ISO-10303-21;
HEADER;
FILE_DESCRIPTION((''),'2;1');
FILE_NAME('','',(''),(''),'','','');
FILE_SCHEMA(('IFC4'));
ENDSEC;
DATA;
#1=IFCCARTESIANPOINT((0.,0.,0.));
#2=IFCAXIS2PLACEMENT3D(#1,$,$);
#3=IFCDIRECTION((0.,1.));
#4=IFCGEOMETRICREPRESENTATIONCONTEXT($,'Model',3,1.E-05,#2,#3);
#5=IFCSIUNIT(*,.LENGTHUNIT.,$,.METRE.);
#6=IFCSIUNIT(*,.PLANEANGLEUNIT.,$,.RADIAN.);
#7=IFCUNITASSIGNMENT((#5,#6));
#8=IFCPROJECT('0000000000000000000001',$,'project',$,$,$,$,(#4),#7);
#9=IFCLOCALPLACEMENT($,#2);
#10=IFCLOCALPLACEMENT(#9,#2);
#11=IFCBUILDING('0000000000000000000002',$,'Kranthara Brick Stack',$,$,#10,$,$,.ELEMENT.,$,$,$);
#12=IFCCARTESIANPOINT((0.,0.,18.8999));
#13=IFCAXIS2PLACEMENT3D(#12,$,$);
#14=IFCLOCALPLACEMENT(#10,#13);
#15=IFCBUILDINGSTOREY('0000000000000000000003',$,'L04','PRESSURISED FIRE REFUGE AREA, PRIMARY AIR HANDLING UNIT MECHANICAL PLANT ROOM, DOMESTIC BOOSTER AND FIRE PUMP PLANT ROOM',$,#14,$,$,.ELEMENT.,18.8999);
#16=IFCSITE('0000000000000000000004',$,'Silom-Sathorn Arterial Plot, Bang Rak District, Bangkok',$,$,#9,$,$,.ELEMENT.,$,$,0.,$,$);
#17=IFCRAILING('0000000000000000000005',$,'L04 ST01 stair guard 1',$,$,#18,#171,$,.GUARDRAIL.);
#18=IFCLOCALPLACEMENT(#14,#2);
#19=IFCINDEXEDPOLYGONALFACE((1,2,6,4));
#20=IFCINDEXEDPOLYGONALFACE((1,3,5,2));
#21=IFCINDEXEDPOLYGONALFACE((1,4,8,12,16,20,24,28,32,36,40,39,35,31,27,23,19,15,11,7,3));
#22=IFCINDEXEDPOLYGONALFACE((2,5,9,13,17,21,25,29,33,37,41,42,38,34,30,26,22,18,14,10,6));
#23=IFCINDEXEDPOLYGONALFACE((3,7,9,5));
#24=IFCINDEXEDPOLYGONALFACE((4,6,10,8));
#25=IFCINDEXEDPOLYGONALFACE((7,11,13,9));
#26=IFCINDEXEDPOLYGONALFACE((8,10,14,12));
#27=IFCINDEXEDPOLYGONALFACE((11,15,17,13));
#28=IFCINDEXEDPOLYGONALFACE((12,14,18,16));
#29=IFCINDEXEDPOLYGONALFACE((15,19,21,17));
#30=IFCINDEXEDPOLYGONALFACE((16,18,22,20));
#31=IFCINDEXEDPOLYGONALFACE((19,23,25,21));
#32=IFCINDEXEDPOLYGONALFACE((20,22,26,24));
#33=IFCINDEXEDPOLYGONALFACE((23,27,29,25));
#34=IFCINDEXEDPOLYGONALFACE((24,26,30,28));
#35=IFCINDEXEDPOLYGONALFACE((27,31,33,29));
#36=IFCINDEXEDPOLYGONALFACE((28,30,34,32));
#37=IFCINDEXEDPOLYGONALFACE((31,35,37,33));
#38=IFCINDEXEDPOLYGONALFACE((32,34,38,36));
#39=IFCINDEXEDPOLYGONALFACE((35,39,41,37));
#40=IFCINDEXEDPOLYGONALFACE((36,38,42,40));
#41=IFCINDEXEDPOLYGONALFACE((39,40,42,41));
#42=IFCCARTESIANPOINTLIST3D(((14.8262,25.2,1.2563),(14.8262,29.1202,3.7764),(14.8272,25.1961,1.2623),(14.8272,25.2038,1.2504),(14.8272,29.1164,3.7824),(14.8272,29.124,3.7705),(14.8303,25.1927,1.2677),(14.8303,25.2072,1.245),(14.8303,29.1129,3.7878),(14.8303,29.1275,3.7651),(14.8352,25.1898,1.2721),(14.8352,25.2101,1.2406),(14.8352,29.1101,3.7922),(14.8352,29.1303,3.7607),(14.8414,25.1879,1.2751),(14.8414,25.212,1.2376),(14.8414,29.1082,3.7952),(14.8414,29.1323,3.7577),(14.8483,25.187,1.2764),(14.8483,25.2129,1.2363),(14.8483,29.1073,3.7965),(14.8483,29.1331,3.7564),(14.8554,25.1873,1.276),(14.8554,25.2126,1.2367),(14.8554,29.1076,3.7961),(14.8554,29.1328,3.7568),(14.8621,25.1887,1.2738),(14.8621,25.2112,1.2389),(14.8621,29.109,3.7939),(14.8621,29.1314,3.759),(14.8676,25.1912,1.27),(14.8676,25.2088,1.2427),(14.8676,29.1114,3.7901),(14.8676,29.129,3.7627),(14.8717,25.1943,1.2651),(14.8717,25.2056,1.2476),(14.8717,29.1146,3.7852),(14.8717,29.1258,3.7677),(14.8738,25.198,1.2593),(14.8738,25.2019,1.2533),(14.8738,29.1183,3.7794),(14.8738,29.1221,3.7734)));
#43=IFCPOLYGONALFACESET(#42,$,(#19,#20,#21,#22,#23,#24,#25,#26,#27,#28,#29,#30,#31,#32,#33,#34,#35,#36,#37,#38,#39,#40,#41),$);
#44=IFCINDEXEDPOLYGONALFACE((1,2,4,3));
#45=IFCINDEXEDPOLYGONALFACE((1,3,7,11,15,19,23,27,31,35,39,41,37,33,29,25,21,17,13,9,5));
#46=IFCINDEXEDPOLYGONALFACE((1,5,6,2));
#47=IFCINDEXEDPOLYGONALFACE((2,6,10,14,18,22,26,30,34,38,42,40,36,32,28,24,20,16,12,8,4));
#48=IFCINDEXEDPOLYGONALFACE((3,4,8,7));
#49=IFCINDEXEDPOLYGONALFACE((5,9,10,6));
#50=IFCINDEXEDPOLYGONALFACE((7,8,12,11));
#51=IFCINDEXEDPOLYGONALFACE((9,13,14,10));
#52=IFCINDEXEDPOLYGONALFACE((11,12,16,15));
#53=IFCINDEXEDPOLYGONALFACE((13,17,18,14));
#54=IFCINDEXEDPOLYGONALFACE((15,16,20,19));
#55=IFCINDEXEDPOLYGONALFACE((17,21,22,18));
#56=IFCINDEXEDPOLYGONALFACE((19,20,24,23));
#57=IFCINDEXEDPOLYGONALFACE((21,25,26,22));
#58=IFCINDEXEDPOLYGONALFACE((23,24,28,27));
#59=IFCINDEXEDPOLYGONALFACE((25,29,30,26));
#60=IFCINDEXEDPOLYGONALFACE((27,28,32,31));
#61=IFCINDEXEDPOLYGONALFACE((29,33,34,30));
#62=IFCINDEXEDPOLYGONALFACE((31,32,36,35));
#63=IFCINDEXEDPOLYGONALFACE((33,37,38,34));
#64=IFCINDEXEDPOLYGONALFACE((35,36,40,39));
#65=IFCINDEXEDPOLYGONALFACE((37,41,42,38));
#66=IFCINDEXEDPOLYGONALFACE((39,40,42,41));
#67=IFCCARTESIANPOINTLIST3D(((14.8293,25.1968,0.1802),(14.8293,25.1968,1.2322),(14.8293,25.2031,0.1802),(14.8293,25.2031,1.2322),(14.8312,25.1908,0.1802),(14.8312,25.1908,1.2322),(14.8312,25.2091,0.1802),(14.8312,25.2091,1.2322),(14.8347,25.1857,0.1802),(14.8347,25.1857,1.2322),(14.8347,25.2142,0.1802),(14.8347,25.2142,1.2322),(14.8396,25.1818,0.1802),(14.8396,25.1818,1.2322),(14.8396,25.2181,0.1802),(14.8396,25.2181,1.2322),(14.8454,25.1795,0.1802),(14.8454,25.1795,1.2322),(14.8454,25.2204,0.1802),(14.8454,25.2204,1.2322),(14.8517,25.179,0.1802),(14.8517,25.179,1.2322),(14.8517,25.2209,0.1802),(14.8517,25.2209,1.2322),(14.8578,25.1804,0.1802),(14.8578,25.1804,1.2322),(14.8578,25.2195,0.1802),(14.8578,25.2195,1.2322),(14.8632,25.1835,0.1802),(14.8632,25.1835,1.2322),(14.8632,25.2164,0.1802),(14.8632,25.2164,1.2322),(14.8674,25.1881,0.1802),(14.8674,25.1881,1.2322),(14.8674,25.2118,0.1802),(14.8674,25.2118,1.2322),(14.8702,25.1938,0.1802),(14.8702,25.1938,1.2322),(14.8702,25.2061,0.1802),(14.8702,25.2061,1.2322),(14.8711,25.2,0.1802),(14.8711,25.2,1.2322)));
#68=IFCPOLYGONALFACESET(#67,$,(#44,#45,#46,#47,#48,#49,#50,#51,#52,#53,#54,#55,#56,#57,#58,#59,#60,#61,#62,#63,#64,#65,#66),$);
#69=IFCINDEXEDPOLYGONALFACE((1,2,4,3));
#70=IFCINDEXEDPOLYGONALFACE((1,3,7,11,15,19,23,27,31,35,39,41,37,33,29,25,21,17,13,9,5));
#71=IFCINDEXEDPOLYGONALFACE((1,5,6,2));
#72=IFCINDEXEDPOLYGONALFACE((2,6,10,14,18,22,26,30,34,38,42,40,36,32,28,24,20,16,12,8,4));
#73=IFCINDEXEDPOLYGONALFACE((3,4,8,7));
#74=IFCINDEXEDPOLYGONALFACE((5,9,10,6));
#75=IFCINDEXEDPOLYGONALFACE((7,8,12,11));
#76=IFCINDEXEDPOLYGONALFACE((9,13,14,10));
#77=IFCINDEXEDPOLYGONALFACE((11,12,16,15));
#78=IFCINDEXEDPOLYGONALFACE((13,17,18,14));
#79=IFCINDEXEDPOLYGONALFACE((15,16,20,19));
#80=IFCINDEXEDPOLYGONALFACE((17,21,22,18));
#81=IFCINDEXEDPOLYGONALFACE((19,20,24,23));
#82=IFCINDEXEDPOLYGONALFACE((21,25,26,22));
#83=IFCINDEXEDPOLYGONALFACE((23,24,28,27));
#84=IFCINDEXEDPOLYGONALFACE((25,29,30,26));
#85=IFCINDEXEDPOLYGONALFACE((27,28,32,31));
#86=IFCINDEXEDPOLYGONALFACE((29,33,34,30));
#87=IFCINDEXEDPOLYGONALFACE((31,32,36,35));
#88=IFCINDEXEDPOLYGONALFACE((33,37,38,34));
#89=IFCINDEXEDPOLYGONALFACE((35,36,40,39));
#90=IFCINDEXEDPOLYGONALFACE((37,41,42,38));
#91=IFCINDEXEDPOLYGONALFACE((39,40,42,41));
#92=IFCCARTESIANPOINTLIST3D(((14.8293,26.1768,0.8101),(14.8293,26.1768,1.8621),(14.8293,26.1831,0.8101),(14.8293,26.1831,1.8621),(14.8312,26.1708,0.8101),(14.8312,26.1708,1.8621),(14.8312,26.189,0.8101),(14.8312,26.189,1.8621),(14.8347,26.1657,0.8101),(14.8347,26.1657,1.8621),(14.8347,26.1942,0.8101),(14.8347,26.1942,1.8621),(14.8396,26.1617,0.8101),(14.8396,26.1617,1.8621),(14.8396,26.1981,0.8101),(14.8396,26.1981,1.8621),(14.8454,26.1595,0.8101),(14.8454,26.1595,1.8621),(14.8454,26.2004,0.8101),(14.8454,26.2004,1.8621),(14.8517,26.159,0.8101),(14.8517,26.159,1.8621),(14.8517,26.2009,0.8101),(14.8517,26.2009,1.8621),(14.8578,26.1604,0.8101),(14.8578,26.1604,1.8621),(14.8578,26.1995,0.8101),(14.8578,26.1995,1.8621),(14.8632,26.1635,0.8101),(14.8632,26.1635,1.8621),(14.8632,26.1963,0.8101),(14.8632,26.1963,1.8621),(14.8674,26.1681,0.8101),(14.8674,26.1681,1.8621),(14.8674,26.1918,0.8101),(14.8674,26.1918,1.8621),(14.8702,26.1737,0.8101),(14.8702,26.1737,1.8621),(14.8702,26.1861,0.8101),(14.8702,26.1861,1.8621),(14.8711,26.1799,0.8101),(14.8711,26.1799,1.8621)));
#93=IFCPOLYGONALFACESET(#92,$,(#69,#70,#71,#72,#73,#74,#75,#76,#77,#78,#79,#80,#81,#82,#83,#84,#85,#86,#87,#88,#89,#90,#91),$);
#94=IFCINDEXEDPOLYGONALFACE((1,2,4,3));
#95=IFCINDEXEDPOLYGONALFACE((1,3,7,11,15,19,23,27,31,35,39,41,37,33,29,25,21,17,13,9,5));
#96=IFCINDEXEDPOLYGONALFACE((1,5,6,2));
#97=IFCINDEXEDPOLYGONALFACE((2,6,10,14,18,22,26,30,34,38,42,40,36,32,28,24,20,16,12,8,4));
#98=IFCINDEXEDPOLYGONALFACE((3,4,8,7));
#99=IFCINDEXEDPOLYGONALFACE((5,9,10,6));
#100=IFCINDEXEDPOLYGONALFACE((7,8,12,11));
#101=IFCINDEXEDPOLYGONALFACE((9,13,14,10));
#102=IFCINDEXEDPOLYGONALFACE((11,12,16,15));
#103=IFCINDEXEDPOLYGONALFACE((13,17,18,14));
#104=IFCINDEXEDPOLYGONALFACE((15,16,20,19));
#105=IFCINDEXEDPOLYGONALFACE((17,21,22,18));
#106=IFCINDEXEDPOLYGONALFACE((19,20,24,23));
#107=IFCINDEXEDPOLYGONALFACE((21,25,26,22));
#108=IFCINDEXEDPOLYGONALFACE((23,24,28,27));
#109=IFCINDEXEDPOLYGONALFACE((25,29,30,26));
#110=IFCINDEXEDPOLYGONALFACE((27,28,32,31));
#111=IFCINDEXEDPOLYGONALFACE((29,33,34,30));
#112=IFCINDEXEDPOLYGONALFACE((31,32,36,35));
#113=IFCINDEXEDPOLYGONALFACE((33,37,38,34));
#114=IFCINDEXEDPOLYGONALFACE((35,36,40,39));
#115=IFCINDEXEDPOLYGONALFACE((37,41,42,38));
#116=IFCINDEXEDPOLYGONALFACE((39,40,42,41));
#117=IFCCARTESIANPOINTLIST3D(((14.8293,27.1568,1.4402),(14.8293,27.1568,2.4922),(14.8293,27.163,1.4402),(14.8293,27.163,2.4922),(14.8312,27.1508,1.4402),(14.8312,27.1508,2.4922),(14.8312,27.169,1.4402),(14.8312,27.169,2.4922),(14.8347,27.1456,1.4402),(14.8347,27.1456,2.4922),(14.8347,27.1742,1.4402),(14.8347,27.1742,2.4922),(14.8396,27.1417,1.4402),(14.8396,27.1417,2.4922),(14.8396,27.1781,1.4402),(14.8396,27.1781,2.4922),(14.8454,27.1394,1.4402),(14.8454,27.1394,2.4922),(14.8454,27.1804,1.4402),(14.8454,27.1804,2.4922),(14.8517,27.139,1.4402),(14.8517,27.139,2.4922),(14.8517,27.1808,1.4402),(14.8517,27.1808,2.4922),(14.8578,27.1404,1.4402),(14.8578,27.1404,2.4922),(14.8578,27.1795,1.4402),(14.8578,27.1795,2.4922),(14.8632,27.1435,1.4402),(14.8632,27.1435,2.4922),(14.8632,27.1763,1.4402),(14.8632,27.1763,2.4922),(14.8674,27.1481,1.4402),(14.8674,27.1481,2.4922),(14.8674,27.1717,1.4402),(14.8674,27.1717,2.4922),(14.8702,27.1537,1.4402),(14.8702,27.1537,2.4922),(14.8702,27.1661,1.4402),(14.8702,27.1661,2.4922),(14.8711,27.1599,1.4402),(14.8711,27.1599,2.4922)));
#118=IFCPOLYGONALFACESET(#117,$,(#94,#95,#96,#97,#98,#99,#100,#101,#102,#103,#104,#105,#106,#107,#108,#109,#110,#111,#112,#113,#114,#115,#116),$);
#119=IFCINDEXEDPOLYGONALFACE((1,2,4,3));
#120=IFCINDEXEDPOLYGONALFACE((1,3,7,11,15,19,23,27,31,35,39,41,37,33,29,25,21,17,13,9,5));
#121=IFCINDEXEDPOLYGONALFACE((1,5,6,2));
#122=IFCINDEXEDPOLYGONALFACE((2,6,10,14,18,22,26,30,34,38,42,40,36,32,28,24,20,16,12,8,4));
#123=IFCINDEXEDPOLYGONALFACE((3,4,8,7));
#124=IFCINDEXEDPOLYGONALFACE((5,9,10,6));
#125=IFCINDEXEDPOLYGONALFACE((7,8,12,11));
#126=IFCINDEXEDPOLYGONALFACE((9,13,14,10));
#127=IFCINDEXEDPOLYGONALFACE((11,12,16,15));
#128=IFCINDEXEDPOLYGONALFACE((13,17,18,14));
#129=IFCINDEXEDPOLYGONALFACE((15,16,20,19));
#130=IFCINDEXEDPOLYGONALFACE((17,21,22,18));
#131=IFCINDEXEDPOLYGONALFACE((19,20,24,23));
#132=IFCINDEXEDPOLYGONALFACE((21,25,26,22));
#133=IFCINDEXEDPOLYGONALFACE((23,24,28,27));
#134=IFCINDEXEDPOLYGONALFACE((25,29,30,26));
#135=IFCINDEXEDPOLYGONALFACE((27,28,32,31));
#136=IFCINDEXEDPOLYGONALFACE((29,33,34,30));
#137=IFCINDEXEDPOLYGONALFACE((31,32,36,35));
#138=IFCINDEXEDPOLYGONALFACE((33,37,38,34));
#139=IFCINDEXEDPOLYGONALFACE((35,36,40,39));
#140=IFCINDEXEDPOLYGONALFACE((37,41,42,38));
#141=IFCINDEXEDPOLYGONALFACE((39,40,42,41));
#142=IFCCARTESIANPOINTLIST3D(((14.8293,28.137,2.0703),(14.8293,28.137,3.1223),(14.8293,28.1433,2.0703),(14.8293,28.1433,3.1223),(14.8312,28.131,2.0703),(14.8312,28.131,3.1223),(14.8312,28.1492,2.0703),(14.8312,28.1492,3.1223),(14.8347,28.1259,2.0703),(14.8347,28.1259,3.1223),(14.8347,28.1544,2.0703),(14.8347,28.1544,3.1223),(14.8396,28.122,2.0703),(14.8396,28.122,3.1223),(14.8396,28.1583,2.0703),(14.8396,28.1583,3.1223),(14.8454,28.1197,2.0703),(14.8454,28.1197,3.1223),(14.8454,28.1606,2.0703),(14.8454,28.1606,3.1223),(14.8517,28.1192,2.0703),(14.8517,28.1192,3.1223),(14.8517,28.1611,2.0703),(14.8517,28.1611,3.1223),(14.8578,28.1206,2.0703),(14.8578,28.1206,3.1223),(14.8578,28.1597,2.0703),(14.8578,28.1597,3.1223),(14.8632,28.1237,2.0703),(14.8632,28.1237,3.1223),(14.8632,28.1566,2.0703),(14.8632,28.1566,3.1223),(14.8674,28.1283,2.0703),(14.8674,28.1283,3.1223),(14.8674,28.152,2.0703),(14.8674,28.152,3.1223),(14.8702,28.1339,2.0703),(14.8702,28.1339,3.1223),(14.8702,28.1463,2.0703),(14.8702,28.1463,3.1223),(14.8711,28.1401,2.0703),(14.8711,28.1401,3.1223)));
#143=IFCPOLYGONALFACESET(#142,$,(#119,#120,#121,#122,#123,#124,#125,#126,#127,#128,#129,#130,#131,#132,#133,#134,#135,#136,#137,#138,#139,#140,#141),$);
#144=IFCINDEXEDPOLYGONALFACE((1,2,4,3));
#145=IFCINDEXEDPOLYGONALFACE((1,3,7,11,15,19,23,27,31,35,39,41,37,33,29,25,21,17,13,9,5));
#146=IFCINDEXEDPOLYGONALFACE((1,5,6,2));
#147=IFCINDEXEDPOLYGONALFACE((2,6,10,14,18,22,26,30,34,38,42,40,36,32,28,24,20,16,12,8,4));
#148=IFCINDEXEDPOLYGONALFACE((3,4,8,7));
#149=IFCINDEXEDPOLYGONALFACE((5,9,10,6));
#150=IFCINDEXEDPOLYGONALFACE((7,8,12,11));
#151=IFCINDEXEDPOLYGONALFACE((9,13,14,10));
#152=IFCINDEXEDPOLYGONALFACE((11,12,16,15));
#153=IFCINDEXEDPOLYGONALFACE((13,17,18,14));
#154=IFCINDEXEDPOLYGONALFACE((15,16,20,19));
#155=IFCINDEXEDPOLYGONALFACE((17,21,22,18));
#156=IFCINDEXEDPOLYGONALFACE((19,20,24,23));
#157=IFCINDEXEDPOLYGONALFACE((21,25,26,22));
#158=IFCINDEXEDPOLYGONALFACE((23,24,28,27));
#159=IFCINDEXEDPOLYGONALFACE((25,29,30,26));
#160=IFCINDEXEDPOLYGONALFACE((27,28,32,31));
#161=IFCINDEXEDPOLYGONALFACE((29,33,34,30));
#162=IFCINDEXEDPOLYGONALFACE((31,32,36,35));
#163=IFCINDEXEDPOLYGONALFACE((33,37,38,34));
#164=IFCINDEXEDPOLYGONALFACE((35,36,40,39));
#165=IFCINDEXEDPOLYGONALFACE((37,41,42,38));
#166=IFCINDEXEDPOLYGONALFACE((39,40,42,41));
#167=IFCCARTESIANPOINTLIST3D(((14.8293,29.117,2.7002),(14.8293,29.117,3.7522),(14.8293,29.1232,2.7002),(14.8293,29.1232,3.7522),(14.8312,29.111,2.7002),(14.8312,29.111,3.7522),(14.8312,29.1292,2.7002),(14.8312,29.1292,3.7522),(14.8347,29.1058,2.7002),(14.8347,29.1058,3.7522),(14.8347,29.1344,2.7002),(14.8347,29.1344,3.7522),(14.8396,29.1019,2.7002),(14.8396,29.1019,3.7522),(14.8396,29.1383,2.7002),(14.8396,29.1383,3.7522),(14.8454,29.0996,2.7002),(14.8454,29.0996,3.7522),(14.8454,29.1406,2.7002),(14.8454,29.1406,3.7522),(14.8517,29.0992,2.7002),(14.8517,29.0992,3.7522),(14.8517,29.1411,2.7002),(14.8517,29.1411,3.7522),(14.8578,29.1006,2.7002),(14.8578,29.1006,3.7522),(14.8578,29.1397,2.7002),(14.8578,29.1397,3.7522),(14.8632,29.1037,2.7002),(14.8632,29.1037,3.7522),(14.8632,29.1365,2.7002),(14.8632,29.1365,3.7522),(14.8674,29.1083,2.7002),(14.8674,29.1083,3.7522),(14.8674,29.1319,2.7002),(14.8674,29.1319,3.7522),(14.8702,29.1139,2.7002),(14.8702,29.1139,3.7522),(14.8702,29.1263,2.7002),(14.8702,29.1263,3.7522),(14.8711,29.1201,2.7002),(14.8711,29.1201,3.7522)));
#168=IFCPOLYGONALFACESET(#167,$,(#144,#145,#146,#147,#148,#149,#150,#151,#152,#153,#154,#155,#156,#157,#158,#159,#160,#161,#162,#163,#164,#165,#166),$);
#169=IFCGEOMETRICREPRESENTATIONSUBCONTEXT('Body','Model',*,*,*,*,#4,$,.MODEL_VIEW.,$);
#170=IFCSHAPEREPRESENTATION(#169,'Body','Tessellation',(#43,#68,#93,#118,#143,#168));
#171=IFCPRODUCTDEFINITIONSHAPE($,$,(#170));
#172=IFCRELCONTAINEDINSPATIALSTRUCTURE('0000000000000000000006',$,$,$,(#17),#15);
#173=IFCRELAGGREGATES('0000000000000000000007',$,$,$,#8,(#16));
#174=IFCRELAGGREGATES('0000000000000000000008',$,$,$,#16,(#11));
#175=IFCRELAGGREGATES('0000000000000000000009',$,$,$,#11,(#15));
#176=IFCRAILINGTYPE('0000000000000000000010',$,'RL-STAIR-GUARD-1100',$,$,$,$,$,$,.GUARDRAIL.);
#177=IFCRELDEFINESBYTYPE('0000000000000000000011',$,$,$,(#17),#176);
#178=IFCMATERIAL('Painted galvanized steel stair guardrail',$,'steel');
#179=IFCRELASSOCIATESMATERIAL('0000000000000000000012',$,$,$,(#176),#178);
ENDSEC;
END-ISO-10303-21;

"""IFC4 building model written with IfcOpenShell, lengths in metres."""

from ifc_helpers import new_model, si_unit, direction, frame, origin, origin_2d, place, context, subcontext, project, spatial, circle, extrude, material, type_object, element, save


model = new_model("IFC4")

# Units and contexts
model_context = context("Model", 3, precision=1e-05, world=origin(), true_north=direction((0.0, 1.0)))
body_context = subcontext(model_context, "Body", "Model", "MODEL_VIEW")
ifc_project = project(units=[si_unit("LENGTHUNIT", "METRE"), si_unit("PLANEANGLEUNIT", "RADIAN")], contexts=[model_context])

# Site, building, storey
site_placement = place(None, origin())
site = spatial("IfcSite", under=ifc_project, at=site_placement, Name="Silom-Sathorn Arterial Plot, Bang Rak District, Bangkok", CompositionType="ELEMENT", RefElevation=0.0)
building_placement = place(site_placement, origin())
building = spatial("IfcBuilding", under=site, at=building_placement, Name="Kranthara Brick Stack", CompositionType="ELEMENT")
storey_placement = place(building_placement, frame((0.0, 0.0, 18.8999)))
storey = spatial("IfcBuildingStorey", under=building, at=storey_placement, Name="L04", Description="PRESSURISED FIRE REFUGE AREA, PRIMARY AIR HANDLING UNIT MECHANICAL PLANT ROOM, DOMESTIC BOOSTER AND FIRE PUMP PLANT ROOM", CompositionType="ELEMENT", Elevation=18.8999)

# Railing
ifc_material_1 = material(Name="Painted galvanized steel stair guardrail", Category="steel")
railing_type_1 = type_object("IfcRailingType", Name="RL-STAIR-GUARD-1100", PredefinedType="GUARDRAIL", material=ifc_material_1)
railing_1_placement = place(storey_placement, frame((14.8501, 25.2, 0.1802)))
element("IfcRailing", 1, at=railing_1_placement, inside=storey, type_object=railing_type_1, Name="L04 ST01 stair guard 1", PredefinedType="GUARDRAIL", context=body_context, shape_type="SweptSolid", body=[
    extrude(circle(Radius=0.0239, at=origin_2d()), frame((0.0, 0.0, 1.0762), z_axis=(0.0, 0.841187, 0.540744), x_axis=(-1.0, 0.0, 0.0)), (0.0, 0.0, 1.0), 4.6604),
    extrude(circle(Radius=0.021, at=origin_2d()), origin(), (0.0, 0.0, 1.0), 1.052),
    extrude(circle(Radius=0.021, at=origin_2d()), frame((0.0, 0.98, 0.6299)), (0.0, 0.0, 1.0), 1.052),
    extrude(circle(Radius=0.021, at=origin_2d()), frame((0.0, 1.96, 1.26)), (0.0, 0.0, 1.0), 1.052),
    extrude(circle(Radius=0.021, at=origin_2d()), frame((0.0, 2.9402, 1.8901)), (0.0, 0.0, 1.0), 1.052),
    extrude(circle(Radius=0.021, at=origin_2d()), frame((0.0, 3.9202, 2.52)), (0.0, 0.0, 1.0), 1.052),
])

save(model, "model.ifc")
